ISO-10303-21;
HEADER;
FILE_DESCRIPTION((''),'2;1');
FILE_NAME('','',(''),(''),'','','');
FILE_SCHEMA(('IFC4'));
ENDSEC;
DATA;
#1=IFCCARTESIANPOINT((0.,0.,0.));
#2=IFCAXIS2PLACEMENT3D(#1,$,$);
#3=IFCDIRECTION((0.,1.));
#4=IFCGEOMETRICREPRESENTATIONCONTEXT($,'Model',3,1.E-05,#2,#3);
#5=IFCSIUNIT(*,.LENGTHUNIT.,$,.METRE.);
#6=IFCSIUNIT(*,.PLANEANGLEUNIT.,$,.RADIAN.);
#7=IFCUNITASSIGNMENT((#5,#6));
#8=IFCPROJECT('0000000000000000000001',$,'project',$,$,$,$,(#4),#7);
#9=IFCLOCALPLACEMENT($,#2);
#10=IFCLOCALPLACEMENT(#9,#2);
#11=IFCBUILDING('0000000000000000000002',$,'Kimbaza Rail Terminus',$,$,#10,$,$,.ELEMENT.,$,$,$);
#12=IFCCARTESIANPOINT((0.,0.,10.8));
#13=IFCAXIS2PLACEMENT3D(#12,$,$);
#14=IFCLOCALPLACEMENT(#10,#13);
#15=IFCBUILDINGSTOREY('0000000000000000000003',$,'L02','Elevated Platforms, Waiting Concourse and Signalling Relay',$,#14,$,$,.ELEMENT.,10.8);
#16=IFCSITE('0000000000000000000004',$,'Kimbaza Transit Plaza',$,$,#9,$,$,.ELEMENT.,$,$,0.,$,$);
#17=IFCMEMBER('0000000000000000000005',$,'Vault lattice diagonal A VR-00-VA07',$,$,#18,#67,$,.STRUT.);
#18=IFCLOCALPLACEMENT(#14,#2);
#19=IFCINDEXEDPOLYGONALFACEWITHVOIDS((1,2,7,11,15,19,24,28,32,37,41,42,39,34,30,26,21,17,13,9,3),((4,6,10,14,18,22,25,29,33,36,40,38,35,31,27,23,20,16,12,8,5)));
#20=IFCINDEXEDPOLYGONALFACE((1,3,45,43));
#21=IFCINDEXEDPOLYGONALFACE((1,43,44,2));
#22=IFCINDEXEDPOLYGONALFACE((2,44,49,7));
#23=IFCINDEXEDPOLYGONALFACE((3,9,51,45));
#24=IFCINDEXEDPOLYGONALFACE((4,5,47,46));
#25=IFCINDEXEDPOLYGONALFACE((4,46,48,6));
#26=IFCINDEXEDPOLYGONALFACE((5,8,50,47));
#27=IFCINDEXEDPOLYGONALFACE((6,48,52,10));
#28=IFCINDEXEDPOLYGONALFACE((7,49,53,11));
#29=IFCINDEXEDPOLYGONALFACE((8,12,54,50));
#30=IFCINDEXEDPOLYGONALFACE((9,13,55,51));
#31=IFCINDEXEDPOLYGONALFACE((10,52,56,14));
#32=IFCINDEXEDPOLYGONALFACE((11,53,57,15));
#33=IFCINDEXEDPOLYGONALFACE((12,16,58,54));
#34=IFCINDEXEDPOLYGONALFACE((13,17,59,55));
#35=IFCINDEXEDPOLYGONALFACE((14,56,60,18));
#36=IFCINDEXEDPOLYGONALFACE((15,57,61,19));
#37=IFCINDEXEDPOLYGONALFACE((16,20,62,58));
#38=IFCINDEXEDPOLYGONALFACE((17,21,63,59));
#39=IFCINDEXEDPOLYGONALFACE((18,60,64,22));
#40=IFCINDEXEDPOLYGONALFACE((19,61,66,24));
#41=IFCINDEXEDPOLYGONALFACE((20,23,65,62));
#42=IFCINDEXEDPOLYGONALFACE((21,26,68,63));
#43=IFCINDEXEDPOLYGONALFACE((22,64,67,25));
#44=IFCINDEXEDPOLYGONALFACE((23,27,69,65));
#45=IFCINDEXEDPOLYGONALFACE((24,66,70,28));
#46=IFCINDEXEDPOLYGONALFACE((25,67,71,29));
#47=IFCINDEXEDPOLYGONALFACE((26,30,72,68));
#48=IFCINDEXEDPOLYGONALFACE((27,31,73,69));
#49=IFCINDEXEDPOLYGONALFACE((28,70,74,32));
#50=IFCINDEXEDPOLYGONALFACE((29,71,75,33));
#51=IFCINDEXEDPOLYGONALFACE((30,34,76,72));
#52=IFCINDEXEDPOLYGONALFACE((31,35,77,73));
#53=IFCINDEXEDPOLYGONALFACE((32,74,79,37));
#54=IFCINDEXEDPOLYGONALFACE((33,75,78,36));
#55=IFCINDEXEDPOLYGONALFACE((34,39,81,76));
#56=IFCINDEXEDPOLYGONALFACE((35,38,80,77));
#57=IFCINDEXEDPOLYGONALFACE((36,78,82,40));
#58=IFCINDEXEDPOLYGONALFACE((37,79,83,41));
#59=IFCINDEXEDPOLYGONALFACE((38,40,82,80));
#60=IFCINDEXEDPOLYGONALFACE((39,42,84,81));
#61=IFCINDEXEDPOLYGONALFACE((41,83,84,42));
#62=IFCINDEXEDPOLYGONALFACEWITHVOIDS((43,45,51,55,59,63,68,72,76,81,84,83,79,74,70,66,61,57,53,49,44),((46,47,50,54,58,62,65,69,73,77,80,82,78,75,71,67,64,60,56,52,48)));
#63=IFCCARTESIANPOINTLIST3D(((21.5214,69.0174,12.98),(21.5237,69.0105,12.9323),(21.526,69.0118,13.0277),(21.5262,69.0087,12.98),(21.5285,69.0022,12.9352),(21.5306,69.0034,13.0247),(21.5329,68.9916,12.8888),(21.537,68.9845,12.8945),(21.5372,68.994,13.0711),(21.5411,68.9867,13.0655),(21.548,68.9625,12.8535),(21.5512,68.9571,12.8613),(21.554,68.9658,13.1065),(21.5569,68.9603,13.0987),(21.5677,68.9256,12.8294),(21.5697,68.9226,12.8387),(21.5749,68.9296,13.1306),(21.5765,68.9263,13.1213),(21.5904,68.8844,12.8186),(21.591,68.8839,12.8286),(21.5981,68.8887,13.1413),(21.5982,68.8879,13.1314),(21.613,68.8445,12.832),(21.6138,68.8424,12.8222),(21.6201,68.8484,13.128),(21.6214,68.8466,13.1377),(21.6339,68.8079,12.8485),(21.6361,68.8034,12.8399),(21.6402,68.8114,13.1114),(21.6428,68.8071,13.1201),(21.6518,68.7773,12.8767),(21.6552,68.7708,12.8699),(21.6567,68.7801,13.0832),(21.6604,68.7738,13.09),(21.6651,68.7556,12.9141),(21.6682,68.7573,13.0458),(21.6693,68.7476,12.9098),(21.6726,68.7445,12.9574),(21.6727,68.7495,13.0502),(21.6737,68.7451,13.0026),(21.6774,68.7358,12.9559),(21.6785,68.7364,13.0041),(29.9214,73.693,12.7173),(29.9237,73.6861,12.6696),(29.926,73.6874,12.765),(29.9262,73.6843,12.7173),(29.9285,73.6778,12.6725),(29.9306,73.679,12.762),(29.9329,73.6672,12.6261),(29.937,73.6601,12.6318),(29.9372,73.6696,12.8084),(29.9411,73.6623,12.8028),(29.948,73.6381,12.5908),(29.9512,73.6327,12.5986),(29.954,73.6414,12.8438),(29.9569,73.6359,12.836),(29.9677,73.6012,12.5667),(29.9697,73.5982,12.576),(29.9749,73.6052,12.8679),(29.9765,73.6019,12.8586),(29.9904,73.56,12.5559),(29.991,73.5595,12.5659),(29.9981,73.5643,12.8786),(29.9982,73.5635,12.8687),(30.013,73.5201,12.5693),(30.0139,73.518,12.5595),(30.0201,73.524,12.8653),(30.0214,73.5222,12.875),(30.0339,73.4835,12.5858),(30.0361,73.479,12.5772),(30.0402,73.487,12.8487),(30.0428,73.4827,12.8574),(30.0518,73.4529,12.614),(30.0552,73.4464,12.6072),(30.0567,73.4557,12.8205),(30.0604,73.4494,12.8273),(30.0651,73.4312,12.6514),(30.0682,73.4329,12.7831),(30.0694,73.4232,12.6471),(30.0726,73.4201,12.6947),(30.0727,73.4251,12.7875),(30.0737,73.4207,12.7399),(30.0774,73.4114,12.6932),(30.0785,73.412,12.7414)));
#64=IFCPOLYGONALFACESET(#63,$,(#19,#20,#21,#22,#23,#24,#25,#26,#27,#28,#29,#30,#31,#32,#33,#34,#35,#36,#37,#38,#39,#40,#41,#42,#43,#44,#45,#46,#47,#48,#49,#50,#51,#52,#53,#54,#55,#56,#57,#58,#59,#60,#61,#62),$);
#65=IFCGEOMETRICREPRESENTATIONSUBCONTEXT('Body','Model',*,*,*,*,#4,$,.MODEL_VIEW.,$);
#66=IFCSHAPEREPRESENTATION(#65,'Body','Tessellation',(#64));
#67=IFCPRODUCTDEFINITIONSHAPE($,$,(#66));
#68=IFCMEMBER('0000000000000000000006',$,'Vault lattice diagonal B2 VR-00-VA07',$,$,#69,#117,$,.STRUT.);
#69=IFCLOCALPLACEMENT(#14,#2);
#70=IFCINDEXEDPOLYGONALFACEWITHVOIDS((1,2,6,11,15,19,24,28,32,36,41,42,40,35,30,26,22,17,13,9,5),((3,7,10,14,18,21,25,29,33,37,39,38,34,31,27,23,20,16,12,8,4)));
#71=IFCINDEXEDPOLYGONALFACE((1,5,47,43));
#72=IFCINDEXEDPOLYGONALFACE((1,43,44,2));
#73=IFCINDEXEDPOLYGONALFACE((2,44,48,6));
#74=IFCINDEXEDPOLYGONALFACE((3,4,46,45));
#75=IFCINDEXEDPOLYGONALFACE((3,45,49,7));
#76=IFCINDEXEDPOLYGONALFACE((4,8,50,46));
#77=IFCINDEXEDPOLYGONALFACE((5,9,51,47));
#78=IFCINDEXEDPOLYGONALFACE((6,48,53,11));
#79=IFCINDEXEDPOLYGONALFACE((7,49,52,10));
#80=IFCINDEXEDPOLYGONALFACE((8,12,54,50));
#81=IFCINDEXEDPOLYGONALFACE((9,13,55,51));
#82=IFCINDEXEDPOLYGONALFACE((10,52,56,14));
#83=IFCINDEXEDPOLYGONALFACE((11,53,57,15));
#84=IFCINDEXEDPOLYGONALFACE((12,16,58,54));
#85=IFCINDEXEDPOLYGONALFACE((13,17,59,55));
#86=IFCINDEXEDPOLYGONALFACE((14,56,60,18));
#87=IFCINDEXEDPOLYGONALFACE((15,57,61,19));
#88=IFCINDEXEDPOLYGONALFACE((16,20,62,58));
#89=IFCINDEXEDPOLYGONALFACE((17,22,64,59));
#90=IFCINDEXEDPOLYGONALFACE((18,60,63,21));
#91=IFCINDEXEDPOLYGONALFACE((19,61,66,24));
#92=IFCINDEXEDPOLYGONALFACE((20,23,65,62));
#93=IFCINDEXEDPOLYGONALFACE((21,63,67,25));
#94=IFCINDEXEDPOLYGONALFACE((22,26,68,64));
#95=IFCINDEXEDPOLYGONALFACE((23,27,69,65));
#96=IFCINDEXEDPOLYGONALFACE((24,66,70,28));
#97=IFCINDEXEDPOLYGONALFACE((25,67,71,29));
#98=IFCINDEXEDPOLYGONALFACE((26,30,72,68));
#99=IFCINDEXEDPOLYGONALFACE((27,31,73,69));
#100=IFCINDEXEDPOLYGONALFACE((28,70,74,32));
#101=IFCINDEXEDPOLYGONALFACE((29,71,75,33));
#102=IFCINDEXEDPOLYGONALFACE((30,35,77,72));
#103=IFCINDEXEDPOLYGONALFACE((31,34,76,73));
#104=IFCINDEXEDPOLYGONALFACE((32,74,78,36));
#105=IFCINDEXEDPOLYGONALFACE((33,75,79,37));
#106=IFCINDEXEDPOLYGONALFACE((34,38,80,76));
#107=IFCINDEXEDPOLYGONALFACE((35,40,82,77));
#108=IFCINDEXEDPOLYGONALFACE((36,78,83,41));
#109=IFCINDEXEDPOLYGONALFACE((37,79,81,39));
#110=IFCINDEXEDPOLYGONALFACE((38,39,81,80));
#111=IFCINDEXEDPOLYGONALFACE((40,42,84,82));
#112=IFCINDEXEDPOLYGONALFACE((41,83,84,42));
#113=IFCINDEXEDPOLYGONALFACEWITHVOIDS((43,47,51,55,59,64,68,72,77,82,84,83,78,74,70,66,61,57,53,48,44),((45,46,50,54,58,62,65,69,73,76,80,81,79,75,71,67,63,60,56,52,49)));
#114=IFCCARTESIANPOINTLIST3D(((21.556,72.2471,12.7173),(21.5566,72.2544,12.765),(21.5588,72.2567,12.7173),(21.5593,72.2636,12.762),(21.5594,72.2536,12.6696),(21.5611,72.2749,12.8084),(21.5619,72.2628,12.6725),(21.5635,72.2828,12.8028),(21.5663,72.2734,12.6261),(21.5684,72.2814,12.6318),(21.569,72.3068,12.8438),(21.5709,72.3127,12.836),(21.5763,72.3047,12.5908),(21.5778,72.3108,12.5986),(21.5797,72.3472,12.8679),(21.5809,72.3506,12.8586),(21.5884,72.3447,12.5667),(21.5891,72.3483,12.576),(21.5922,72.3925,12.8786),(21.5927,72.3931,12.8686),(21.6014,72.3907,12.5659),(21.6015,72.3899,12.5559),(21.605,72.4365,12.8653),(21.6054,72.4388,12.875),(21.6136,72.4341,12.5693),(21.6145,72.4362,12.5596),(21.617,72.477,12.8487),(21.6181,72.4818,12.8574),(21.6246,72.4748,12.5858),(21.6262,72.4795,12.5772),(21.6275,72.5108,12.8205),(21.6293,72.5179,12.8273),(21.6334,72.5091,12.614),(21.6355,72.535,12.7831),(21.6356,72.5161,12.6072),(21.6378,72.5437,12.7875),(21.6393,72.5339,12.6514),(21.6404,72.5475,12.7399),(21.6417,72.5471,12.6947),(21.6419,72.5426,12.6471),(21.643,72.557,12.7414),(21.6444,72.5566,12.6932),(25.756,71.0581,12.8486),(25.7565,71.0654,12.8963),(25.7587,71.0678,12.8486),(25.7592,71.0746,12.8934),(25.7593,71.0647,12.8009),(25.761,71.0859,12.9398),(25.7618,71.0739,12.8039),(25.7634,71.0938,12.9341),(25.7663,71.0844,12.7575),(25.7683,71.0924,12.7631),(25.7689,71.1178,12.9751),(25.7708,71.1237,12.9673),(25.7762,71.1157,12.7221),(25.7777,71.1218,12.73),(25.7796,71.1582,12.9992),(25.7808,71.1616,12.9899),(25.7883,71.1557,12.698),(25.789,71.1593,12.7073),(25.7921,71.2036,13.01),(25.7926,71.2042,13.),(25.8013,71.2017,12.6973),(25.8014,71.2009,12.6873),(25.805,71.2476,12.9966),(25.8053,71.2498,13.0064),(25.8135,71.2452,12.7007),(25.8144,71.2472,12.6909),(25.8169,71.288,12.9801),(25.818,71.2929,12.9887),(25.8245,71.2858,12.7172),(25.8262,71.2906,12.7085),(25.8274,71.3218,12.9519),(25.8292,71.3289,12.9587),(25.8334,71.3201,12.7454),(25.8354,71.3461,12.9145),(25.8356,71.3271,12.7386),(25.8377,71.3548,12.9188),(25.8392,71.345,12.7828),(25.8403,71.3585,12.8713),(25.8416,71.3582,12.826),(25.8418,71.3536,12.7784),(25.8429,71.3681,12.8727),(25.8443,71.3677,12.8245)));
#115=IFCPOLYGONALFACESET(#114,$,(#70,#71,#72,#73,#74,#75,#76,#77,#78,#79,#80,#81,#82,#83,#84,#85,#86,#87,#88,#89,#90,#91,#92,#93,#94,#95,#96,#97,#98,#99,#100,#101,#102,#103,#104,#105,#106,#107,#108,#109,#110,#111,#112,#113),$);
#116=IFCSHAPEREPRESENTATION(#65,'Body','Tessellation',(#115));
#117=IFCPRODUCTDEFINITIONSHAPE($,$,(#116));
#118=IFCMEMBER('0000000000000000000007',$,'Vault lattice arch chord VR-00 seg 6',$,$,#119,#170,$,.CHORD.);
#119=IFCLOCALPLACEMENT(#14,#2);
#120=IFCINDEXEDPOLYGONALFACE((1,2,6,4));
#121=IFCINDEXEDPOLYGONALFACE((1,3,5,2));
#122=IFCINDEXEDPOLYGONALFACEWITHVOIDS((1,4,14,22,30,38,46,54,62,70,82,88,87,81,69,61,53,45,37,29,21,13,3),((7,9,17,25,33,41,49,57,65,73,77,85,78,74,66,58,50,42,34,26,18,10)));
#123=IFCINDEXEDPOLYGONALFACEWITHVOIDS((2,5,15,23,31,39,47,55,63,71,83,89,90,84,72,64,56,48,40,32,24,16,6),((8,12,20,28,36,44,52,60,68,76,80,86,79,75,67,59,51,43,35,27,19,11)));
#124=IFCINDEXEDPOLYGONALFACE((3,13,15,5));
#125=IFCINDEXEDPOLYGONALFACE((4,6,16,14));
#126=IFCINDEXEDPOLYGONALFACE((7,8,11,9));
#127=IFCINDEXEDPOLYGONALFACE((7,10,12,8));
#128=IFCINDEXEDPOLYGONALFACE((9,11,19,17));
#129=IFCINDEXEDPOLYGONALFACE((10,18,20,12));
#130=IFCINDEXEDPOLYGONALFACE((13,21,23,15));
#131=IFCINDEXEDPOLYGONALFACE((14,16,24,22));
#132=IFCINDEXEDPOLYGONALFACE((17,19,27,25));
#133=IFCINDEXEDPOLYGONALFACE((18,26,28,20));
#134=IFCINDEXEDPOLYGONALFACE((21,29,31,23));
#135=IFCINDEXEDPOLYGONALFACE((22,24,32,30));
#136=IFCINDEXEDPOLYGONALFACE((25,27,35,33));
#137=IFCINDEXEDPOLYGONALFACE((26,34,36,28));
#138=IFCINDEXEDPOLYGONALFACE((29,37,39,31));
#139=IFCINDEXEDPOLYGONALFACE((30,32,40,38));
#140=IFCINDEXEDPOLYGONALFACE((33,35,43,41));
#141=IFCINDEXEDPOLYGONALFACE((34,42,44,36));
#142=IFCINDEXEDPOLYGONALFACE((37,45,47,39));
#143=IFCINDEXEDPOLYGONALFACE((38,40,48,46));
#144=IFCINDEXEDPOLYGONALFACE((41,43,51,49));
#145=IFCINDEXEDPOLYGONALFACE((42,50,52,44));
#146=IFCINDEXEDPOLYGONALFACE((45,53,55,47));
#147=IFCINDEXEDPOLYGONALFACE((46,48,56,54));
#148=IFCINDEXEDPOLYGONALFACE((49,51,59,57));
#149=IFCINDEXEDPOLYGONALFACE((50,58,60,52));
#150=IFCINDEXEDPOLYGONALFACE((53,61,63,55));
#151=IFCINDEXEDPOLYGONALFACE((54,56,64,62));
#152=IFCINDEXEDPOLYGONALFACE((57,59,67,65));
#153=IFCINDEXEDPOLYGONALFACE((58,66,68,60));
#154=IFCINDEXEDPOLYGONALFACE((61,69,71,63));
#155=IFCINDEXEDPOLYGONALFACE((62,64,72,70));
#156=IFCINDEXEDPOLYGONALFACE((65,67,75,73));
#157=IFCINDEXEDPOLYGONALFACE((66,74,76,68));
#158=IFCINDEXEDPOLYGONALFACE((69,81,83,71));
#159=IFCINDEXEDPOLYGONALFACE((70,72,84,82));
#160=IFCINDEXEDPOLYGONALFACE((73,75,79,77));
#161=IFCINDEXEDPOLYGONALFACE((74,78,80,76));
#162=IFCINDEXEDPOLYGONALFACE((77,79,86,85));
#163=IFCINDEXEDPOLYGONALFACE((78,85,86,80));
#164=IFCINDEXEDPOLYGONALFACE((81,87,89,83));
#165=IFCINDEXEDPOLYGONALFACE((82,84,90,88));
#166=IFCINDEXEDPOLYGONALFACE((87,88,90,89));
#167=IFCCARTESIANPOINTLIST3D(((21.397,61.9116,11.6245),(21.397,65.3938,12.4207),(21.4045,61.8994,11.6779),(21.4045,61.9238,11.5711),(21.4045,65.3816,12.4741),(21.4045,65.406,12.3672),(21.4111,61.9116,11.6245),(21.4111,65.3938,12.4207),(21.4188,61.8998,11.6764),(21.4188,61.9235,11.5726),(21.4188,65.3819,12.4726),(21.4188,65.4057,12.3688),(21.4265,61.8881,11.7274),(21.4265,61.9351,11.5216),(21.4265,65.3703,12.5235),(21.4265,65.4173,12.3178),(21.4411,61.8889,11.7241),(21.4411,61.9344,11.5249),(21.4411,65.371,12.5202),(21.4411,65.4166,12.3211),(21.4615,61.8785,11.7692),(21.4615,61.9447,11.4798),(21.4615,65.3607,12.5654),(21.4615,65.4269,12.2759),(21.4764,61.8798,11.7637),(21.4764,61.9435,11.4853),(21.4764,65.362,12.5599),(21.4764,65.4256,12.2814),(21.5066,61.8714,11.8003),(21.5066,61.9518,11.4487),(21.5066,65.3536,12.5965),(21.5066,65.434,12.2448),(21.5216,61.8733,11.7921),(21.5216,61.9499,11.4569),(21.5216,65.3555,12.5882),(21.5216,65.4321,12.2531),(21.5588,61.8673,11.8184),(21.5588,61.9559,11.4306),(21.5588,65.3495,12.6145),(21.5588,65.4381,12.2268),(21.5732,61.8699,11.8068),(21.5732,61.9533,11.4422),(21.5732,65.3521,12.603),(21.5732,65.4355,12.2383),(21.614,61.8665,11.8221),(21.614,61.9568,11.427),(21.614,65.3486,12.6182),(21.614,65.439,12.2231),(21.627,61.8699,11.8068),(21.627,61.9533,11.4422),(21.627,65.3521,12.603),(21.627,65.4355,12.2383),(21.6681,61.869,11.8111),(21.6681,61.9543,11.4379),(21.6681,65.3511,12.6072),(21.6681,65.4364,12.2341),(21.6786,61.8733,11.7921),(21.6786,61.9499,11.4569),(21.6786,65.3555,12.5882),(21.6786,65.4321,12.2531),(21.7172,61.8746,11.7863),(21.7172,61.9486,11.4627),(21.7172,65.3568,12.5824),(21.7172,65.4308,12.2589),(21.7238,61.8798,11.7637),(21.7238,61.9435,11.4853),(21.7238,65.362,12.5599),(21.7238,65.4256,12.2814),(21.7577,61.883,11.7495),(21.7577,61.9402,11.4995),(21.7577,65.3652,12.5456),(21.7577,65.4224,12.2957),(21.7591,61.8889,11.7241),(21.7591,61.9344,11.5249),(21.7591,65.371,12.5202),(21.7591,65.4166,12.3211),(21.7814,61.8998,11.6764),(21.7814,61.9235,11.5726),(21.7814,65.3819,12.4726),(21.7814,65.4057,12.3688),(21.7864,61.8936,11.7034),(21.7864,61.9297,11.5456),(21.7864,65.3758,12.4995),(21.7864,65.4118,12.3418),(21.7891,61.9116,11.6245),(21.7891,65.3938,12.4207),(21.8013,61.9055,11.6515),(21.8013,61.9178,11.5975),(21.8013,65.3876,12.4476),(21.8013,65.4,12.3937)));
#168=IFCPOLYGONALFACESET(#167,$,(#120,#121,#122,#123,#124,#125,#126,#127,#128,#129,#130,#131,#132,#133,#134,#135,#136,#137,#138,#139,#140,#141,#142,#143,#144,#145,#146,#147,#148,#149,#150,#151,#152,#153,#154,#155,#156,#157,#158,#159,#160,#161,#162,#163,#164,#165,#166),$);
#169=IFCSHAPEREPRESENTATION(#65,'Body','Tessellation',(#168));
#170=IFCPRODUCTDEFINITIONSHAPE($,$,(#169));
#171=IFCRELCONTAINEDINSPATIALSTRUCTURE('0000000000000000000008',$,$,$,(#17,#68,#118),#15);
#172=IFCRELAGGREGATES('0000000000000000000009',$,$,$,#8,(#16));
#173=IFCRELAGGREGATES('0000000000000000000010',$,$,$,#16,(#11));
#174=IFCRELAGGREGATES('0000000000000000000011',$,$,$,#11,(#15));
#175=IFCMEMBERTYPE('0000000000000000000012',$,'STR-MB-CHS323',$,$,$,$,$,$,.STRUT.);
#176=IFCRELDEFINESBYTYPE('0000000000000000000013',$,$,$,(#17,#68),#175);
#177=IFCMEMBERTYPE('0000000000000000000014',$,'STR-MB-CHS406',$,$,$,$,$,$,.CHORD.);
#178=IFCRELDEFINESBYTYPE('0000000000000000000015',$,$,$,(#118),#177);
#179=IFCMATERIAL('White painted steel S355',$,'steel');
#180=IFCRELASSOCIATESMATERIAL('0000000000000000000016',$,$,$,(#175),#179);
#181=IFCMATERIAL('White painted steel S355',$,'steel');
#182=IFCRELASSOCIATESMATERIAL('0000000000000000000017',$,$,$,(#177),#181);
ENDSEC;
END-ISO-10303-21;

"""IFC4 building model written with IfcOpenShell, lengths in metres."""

from ifc_helpers import new_model, si_unit, direction, frame, origin, origin_2d, place, context, subcontext, project, spatial, hollow_circle, extrude, material, material_profile, profile_set, type_object, element, save


model = new_model("IFC4")

# Units and contexts
model_context = context("Model", 3, precision=1e-05, world=origin(), true_north=direction((0.0, 1.0)))
body_context = subcontext(model_context, "Body", "Model", "MODEL_VIEW")
ifc_project = project(units=[si_unit("LENGTHUNIT", "METRE"), si_unit("PLANEANGLEUNIT", "RADIAN")], contexts=[model_context])

# Site, building, storey
site_placement = place(None, origin())
site = spatial("IfcSite", under=ifc_project, at=site_placement, Name="Kimbaza Transit Plaza", CompositionType="ELEMENT", RefElevation=0.0)
building_placement = place(site_placement, origin())
building = spatial("IfcBuilding", under=site, at=building_placement, Name="Kimbaza Rail Terminus", CompositionType="ELEMENT")
storey_placement = place(building_placement, frame((0.0, 0.0, 10.8)))
storey = spatial("IfcBuildingStorey", under=building, at=storey_placement, Name="L02", Description="Elevated Platforms, Waiting Concourse and Signalling Relay", CompositionType="ELEMENT", Elevation=10.8)

# Members
ifc_material_1 = material(Name="White painted steel S355", Category="steel")
ifc_material_profile_1 = material_profile(ifc_material_1, hollow_circle(Radius=0.1619, WallThickness=0.01, at=origin_2d()), Name="CHS 323.9x10")
ifc_profile_set_1 = profile_set([ifc_material_profile_1], Name="White painted steel S355")
member_type_1 = type_object("IfcMemberType", Name="STR-MB-CHS323", PredefinedType="STRUT", material=ifc_profile_set_1)
member_1_placement = place(storey_placement, frame((21.6001, 68.876, 12.98), z_axis=(0.873437, 0.486171, -0.027316), x_axis=(-0.486352, 0.873763, 0.0)))
element("IfcMember", 1, at=member_1_placement, inside=storey, type_object=member_type_1, Name="Vault lattice diagonal A VR-00-VA07", PredefinedType="STRUT", context=body_context, shape_type="SweptSolid", body=[
    extrude(hollow_circle(Radius=0.1619, WallThickness=0.01, at=origin_2d()), origin(), (0.0, 0.0, 1.0), 9.6172),
])
member_2_placement = place(storey_placement, frame((25.8, 71.2139, 12.8486), z_axis=(-0.961753, 0.272263, -0.030077), x_axis=(-0.272386, -0.962188, 0.0)))
element("IfcMember", 2, at=member_2_placement, inside=storey, type_object=member_type_1, Name="Vault lattice diagonal B2 VR-00-VA07", PredefinedType="STRUT", context=body_context, shape_type="SweptSolid", body=[
    extrude(hollow_circle(Radius=0.1619, WallThickness=0.01, at=origin_2d()), origin(), (0.0, 0.0, 1.0), 4.3669),
])
ifc_material_2 = material(Name="White painted steel S355", Category="steel")
ifc_material_profile_2 = material_profile(ifc_material_2, hollow_circle(Radius=0.2031, WallThickness=0.0142, at=origin_2d()), Name="CHS 406.4x14.2")
ifc_profile_set_2 = profile_set([ifc_material_profile_2], Name="White painted steel S355")
member_type_2 = type_object("IfcMemberType", Name="STR-MB-CHS406", PredefinedType="CHORD", material=ifc_profile_set_2)
member_3_placement = place(storey_placement, frame((21.6001, 61.9116, 11.6245), z_axis=(0.0, 0.974845, 0.222882), x_axis=(-1.0, 0.0, 0.0)))
element("IfcMember", 3, at=member_3_placement, inside=storey, type_object=member_type_2, Name="Vault lattice arch chord VR-00 seg 6", PredefinedType="CHORD", context=body_context, shape_type="SweptSolid", body=[
    extrude(hollow_circle(Radius=0.2031, WallThickness=0.0142, at=origin_2d()), origin(), (0.0, 0.0, 1.0), 3.572),
])

save(model, "model.ifc")
